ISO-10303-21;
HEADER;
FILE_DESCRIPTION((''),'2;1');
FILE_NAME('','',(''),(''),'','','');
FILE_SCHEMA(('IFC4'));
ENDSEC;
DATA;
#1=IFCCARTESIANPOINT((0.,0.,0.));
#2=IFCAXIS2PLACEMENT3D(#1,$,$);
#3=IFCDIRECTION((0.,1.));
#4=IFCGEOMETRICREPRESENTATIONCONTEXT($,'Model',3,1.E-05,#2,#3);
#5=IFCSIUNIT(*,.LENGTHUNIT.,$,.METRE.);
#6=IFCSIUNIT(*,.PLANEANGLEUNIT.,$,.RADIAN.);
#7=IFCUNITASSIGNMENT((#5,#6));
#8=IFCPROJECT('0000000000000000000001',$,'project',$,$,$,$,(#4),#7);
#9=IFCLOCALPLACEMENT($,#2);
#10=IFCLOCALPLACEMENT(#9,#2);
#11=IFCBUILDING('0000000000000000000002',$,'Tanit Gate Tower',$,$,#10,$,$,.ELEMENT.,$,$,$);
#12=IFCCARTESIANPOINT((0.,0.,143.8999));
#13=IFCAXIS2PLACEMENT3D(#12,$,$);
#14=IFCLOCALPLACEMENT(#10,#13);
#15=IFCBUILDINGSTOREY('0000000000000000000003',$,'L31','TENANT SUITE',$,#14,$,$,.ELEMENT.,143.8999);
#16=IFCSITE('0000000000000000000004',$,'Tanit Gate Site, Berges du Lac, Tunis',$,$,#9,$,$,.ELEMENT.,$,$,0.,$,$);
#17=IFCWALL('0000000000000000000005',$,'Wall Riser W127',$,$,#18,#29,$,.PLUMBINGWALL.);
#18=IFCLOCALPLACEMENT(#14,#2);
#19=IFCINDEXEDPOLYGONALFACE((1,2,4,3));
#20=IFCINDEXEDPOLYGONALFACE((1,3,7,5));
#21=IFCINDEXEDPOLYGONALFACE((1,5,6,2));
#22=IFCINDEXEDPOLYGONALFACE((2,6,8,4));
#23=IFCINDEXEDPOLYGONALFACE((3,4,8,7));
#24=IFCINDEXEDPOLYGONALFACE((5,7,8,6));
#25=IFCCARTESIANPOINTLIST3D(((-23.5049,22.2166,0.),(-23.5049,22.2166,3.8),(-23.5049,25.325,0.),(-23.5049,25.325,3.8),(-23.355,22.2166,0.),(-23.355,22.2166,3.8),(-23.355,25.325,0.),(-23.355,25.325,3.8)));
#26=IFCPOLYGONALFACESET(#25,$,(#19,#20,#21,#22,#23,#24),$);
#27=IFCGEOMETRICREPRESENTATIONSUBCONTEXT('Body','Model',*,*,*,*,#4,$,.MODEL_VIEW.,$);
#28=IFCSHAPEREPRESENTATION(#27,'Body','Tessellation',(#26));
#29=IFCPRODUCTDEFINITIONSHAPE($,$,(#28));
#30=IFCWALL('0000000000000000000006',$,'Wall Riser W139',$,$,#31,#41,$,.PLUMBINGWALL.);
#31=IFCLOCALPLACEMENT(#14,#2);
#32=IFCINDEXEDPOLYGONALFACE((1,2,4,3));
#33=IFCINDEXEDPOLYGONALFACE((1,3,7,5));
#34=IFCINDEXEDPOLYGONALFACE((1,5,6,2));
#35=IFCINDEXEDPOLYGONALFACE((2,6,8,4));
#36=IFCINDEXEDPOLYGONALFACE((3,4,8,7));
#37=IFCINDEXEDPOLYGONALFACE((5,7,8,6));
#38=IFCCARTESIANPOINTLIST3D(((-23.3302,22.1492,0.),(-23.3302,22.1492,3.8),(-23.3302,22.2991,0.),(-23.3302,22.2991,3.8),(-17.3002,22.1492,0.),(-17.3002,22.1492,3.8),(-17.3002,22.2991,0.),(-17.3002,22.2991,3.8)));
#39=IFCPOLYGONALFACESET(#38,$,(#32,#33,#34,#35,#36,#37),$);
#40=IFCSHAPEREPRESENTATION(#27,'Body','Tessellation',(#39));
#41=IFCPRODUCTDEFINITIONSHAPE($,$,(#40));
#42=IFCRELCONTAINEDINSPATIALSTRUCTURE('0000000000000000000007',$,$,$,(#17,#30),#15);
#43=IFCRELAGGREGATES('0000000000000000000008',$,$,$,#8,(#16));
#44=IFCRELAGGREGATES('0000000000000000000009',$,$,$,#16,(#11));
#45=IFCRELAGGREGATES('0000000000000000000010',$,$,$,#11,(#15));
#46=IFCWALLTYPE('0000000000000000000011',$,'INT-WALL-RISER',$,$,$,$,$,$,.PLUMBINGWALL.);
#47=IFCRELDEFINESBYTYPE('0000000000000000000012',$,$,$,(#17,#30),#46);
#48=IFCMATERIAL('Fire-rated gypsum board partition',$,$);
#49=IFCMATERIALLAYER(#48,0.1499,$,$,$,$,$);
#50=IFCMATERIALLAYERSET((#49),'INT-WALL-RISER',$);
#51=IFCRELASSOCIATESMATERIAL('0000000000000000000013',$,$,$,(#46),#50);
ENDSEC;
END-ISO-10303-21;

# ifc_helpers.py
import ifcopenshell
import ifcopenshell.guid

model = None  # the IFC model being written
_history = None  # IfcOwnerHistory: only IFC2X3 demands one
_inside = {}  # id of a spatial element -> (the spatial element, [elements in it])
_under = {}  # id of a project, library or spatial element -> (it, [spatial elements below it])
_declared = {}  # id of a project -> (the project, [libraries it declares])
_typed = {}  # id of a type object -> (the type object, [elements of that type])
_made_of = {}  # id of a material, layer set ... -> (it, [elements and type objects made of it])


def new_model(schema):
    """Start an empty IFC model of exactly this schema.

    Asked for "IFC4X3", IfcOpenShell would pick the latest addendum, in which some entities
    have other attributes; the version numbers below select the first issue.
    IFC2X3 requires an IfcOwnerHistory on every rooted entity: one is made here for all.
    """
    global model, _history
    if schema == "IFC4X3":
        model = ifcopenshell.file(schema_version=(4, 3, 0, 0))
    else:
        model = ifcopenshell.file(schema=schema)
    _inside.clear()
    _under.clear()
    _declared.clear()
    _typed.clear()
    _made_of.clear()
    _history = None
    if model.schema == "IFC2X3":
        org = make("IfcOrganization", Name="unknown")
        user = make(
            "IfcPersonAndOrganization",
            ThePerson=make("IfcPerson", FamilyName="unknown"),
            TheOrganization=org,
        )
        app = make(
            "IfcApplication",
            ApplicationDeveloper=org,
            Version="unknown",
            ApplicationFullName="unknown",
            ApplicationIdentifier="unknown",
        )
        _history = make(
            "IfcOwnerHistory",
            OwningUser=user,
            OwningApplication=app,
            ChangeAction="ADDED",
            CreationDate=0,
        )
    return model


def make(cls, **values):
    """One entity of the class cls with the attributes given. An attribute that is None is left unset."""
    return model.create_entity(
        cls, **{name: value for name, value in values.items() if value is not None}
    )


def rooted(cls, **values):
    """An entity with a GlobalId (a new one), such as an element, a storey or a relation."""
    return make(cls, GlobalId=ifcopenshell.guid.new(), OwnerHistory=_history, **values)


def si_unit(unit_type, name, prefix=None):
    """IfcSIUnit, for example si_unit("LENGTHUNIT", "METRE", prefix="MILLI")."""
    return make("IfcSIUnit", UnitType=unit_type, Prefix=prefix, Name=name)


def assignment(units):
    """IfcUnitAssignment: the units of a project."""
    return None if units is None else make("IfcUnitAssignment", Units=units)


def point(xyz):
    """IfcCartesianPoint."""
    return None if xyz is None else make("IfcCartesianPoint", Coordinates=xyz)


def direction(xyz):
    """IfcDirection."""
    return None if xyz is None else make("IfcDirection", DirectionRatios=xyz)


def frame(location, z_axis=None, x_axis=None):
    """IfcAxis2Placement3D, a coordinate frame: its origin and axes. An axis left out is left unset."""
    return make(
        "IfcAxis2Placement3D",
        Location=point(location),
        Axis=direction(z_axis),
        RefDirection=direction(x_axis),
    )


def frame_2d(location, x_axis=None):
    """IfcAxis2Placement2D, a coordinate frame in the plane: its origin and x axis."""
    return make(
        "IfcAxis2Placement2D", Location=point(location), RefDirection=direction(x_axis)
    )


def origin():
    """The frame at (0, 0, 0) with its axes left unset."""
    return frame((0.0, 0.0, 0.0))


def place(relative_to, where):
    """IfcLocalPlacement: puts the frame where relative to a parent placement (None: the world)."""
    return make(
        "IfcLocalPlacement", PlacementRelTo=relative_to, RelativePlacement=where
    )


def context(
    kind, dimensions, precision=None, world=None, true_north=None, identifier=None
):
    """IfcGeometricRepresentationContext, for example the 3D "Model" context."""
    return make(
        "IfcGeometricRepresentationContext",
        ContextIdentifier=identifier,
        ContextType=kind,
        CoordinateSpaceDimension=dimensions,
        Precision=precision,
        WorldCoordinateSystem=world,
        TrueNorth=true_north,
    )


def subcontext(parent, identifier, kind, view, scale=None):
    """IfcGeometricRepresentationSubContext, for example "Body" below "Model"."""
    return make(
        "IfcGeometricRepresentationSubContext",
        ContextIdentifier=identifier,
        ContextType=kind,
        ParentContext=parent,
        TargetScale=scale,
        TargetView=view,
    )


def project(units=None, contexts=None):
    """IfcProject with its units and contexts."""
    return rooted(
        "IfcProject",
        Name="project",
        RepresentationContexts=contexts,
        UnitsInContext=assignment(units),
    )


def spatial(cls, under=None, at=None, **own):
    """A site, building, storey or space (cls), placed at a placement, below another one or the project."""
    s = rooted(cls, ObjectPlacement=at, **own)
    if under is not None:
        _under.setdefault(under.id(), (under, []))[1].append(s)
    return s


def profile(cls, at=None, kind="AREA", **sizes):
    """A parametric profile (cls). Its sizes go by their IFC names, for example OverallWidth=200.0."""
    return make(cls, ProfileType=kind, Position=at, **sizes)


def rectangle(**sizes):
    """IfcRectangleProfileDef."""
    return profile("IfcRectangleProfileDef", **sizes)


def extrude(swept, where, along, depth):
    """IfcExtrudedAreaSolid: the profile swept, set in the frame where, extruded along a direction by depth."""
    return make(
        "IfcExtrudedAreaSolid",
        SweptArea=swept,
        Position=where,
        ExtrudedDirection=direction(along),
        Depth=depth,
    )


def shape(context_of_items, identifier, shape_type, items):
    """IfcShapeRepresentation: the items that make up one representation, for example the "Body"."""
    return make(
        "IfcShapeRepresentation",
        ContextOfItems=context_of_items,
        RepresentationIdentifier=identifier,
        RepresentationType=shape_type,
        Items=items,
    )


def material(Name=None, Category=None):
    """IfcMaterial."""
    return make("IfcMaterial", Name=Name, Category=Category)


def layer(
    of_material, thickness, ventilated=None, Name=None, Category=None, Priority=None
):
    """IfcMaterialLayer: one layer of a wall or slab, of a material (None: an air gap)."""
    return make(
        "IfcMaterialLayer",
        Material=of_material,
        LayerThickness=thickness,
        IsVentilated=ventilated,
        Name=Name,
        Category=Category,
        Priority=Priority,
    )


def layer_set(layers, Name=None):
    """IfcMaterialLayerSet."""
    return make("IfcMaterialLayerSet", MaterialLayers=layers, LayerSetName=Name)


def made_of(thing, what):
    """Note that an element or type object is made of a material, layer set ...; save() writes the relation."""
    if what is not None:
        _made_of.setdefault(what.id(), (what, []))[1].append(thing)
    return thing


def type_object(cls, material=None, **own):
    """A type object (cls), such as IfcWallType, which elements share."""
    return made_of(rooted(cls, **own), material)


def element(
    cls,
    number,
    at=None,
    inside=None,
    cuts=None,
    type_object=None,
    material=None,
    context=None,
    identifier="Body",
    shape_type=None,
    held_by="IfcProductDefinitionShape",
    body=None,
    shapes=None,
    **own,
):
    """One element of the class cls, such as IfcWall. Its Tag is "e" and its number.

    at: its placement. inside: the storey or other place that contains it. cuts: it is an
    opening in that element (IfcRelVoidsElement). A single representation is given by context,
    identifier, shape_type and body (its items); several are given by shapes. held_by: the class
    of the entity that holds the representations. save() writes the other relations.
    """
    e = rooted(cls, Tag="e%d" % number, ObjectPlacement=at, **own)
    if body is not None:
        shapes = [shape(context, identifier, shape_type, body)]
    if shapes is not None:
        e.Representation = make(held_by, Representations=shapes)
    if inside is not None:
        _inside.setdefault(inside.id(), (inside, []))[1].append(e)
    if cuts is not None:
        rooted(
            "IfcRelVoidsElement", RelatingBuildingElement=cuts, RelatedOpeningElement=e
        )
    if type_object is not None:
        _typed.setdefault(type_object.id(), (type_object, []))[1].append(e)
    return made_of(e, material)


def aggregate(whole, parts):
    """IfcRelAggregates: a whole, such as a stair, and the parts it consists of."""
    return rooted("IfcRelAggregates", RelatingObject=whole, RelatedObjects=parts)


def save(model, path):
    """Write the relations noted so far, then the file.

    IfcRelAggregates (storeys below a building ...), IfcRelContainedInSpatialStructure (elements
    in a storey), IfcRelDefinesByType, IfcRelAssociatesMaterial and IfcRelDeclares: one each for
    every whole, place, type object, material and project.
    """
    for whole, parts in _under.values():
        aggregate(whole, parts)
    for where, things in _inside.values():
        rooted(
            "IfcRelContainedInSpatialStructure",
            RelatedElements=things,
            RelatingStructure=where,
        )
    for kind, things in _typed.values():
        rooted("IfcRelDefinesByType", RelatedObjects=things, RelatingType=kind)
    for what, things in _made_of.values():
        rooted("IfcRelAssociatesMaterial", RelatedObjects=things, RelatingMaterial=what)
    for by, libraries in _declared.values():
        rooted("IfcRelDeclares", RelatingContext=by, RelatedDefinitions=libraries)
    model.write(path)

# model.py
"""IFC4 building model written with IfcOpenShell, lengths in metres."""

from ifc_helpers import new_model, si_unit, direction, frame, frame_2d, origin, place, context, subcontext, project, spatial, rectangle, extrude, material, layer, layer_set, type_object, element, save


model = new_model("IFC4")

# Units and contexts
model_context = context("Model", 3, precision=1e-05, world=origin(), true_north=direction((0.0, 1.0)))
body_context = subcontext(model_context, "Body", "Model", "MODEL_VIEW")
ifc_project = project(units=[si_unit("LENGTHUNIT", "METRE"), si_unit("PLANEANGLEUNIT", "RADIAN")], contexts=[model_context])

# Site, building, storey
site_placement = place(None, origin())
site = spatial("IfcSite", under=ifc_project, at=site_placement, Name="Tanit Gate Site, Berges du Lac, Tunis", CompositionType="ELEMENT", RefElevation=0.0)
building_placement = place(site_placement, origin())
building = spatial("IfcBuilding", under=site, at=building_placement, Name="Tanit Gate Tower", CompositionType="ELEMENT")
storey_placement = place(building_placement, frame((0.0, 0.0, 143.8999)))
storey = spatial("IfcBuildingStorey", under=building, at=storey_placement, Name="L31", Description="TENANT SUITE", CompositionType="ELEMENT", Elevation=143.8999)

# Walls
ifc_material_1 = material(Name="Fire-rated gypsum board partition")
ifc_layer_1 = layer(ifc_material_1, 0.1499)
ifc_layer_set_1 = layer_set([ifc_layer_1], Name="INT-WALL-RISER")
wall_type_1 = type_object("IfcWallType", Name="INT-WALL-RISER", PredefinedType="PLUMBINGWALL", material=ifc_layer_set_1)
wall_1_placement = place(storey_placement, frame((-23.4299, 22.2166, 0.0), z_axis=(0.0, 0.0, 1.0), x_axis=(0.0, 1.0, 0.0)))
element("IfcWall", 1, at=wall_1_placement, inside=storey, type_object=wall_type_1, Name="Wall Riser W127", PredefinedType="PLUMBINGWALL", context=body_context, shape_type="SweptSolid", body=[
    extrude(rectangle(XDim=3.1084, YDim=0.1499, at=frame_2d((1.5542, 0.0))), origin(), (0.0, 0.0, 1.0), 3.8),
])
wall_2_placement = place(storey_placement, frame((-17.3, 22.2241, 0.0), z_axis=(0.0, 0.0, 1.0), x_axis=(-1.0, 0.0, 0.0)))
element("IfcWall", 2, at=wall_2_placement, inside=storey, type_object=wall_type_1, Name="Wall Riser W139", PredefinedType="PLUMBINGWALL", context=body_context, shape_type="SweptSolid", body=[
    extrude(rectangle(XDim=6.03, YDim=0.1499, at=frame_2d((3.0151, 0.0))), origin(), (0.0, 0.0, 1.0), 3.8),
])

save(model, "model.ifc")
